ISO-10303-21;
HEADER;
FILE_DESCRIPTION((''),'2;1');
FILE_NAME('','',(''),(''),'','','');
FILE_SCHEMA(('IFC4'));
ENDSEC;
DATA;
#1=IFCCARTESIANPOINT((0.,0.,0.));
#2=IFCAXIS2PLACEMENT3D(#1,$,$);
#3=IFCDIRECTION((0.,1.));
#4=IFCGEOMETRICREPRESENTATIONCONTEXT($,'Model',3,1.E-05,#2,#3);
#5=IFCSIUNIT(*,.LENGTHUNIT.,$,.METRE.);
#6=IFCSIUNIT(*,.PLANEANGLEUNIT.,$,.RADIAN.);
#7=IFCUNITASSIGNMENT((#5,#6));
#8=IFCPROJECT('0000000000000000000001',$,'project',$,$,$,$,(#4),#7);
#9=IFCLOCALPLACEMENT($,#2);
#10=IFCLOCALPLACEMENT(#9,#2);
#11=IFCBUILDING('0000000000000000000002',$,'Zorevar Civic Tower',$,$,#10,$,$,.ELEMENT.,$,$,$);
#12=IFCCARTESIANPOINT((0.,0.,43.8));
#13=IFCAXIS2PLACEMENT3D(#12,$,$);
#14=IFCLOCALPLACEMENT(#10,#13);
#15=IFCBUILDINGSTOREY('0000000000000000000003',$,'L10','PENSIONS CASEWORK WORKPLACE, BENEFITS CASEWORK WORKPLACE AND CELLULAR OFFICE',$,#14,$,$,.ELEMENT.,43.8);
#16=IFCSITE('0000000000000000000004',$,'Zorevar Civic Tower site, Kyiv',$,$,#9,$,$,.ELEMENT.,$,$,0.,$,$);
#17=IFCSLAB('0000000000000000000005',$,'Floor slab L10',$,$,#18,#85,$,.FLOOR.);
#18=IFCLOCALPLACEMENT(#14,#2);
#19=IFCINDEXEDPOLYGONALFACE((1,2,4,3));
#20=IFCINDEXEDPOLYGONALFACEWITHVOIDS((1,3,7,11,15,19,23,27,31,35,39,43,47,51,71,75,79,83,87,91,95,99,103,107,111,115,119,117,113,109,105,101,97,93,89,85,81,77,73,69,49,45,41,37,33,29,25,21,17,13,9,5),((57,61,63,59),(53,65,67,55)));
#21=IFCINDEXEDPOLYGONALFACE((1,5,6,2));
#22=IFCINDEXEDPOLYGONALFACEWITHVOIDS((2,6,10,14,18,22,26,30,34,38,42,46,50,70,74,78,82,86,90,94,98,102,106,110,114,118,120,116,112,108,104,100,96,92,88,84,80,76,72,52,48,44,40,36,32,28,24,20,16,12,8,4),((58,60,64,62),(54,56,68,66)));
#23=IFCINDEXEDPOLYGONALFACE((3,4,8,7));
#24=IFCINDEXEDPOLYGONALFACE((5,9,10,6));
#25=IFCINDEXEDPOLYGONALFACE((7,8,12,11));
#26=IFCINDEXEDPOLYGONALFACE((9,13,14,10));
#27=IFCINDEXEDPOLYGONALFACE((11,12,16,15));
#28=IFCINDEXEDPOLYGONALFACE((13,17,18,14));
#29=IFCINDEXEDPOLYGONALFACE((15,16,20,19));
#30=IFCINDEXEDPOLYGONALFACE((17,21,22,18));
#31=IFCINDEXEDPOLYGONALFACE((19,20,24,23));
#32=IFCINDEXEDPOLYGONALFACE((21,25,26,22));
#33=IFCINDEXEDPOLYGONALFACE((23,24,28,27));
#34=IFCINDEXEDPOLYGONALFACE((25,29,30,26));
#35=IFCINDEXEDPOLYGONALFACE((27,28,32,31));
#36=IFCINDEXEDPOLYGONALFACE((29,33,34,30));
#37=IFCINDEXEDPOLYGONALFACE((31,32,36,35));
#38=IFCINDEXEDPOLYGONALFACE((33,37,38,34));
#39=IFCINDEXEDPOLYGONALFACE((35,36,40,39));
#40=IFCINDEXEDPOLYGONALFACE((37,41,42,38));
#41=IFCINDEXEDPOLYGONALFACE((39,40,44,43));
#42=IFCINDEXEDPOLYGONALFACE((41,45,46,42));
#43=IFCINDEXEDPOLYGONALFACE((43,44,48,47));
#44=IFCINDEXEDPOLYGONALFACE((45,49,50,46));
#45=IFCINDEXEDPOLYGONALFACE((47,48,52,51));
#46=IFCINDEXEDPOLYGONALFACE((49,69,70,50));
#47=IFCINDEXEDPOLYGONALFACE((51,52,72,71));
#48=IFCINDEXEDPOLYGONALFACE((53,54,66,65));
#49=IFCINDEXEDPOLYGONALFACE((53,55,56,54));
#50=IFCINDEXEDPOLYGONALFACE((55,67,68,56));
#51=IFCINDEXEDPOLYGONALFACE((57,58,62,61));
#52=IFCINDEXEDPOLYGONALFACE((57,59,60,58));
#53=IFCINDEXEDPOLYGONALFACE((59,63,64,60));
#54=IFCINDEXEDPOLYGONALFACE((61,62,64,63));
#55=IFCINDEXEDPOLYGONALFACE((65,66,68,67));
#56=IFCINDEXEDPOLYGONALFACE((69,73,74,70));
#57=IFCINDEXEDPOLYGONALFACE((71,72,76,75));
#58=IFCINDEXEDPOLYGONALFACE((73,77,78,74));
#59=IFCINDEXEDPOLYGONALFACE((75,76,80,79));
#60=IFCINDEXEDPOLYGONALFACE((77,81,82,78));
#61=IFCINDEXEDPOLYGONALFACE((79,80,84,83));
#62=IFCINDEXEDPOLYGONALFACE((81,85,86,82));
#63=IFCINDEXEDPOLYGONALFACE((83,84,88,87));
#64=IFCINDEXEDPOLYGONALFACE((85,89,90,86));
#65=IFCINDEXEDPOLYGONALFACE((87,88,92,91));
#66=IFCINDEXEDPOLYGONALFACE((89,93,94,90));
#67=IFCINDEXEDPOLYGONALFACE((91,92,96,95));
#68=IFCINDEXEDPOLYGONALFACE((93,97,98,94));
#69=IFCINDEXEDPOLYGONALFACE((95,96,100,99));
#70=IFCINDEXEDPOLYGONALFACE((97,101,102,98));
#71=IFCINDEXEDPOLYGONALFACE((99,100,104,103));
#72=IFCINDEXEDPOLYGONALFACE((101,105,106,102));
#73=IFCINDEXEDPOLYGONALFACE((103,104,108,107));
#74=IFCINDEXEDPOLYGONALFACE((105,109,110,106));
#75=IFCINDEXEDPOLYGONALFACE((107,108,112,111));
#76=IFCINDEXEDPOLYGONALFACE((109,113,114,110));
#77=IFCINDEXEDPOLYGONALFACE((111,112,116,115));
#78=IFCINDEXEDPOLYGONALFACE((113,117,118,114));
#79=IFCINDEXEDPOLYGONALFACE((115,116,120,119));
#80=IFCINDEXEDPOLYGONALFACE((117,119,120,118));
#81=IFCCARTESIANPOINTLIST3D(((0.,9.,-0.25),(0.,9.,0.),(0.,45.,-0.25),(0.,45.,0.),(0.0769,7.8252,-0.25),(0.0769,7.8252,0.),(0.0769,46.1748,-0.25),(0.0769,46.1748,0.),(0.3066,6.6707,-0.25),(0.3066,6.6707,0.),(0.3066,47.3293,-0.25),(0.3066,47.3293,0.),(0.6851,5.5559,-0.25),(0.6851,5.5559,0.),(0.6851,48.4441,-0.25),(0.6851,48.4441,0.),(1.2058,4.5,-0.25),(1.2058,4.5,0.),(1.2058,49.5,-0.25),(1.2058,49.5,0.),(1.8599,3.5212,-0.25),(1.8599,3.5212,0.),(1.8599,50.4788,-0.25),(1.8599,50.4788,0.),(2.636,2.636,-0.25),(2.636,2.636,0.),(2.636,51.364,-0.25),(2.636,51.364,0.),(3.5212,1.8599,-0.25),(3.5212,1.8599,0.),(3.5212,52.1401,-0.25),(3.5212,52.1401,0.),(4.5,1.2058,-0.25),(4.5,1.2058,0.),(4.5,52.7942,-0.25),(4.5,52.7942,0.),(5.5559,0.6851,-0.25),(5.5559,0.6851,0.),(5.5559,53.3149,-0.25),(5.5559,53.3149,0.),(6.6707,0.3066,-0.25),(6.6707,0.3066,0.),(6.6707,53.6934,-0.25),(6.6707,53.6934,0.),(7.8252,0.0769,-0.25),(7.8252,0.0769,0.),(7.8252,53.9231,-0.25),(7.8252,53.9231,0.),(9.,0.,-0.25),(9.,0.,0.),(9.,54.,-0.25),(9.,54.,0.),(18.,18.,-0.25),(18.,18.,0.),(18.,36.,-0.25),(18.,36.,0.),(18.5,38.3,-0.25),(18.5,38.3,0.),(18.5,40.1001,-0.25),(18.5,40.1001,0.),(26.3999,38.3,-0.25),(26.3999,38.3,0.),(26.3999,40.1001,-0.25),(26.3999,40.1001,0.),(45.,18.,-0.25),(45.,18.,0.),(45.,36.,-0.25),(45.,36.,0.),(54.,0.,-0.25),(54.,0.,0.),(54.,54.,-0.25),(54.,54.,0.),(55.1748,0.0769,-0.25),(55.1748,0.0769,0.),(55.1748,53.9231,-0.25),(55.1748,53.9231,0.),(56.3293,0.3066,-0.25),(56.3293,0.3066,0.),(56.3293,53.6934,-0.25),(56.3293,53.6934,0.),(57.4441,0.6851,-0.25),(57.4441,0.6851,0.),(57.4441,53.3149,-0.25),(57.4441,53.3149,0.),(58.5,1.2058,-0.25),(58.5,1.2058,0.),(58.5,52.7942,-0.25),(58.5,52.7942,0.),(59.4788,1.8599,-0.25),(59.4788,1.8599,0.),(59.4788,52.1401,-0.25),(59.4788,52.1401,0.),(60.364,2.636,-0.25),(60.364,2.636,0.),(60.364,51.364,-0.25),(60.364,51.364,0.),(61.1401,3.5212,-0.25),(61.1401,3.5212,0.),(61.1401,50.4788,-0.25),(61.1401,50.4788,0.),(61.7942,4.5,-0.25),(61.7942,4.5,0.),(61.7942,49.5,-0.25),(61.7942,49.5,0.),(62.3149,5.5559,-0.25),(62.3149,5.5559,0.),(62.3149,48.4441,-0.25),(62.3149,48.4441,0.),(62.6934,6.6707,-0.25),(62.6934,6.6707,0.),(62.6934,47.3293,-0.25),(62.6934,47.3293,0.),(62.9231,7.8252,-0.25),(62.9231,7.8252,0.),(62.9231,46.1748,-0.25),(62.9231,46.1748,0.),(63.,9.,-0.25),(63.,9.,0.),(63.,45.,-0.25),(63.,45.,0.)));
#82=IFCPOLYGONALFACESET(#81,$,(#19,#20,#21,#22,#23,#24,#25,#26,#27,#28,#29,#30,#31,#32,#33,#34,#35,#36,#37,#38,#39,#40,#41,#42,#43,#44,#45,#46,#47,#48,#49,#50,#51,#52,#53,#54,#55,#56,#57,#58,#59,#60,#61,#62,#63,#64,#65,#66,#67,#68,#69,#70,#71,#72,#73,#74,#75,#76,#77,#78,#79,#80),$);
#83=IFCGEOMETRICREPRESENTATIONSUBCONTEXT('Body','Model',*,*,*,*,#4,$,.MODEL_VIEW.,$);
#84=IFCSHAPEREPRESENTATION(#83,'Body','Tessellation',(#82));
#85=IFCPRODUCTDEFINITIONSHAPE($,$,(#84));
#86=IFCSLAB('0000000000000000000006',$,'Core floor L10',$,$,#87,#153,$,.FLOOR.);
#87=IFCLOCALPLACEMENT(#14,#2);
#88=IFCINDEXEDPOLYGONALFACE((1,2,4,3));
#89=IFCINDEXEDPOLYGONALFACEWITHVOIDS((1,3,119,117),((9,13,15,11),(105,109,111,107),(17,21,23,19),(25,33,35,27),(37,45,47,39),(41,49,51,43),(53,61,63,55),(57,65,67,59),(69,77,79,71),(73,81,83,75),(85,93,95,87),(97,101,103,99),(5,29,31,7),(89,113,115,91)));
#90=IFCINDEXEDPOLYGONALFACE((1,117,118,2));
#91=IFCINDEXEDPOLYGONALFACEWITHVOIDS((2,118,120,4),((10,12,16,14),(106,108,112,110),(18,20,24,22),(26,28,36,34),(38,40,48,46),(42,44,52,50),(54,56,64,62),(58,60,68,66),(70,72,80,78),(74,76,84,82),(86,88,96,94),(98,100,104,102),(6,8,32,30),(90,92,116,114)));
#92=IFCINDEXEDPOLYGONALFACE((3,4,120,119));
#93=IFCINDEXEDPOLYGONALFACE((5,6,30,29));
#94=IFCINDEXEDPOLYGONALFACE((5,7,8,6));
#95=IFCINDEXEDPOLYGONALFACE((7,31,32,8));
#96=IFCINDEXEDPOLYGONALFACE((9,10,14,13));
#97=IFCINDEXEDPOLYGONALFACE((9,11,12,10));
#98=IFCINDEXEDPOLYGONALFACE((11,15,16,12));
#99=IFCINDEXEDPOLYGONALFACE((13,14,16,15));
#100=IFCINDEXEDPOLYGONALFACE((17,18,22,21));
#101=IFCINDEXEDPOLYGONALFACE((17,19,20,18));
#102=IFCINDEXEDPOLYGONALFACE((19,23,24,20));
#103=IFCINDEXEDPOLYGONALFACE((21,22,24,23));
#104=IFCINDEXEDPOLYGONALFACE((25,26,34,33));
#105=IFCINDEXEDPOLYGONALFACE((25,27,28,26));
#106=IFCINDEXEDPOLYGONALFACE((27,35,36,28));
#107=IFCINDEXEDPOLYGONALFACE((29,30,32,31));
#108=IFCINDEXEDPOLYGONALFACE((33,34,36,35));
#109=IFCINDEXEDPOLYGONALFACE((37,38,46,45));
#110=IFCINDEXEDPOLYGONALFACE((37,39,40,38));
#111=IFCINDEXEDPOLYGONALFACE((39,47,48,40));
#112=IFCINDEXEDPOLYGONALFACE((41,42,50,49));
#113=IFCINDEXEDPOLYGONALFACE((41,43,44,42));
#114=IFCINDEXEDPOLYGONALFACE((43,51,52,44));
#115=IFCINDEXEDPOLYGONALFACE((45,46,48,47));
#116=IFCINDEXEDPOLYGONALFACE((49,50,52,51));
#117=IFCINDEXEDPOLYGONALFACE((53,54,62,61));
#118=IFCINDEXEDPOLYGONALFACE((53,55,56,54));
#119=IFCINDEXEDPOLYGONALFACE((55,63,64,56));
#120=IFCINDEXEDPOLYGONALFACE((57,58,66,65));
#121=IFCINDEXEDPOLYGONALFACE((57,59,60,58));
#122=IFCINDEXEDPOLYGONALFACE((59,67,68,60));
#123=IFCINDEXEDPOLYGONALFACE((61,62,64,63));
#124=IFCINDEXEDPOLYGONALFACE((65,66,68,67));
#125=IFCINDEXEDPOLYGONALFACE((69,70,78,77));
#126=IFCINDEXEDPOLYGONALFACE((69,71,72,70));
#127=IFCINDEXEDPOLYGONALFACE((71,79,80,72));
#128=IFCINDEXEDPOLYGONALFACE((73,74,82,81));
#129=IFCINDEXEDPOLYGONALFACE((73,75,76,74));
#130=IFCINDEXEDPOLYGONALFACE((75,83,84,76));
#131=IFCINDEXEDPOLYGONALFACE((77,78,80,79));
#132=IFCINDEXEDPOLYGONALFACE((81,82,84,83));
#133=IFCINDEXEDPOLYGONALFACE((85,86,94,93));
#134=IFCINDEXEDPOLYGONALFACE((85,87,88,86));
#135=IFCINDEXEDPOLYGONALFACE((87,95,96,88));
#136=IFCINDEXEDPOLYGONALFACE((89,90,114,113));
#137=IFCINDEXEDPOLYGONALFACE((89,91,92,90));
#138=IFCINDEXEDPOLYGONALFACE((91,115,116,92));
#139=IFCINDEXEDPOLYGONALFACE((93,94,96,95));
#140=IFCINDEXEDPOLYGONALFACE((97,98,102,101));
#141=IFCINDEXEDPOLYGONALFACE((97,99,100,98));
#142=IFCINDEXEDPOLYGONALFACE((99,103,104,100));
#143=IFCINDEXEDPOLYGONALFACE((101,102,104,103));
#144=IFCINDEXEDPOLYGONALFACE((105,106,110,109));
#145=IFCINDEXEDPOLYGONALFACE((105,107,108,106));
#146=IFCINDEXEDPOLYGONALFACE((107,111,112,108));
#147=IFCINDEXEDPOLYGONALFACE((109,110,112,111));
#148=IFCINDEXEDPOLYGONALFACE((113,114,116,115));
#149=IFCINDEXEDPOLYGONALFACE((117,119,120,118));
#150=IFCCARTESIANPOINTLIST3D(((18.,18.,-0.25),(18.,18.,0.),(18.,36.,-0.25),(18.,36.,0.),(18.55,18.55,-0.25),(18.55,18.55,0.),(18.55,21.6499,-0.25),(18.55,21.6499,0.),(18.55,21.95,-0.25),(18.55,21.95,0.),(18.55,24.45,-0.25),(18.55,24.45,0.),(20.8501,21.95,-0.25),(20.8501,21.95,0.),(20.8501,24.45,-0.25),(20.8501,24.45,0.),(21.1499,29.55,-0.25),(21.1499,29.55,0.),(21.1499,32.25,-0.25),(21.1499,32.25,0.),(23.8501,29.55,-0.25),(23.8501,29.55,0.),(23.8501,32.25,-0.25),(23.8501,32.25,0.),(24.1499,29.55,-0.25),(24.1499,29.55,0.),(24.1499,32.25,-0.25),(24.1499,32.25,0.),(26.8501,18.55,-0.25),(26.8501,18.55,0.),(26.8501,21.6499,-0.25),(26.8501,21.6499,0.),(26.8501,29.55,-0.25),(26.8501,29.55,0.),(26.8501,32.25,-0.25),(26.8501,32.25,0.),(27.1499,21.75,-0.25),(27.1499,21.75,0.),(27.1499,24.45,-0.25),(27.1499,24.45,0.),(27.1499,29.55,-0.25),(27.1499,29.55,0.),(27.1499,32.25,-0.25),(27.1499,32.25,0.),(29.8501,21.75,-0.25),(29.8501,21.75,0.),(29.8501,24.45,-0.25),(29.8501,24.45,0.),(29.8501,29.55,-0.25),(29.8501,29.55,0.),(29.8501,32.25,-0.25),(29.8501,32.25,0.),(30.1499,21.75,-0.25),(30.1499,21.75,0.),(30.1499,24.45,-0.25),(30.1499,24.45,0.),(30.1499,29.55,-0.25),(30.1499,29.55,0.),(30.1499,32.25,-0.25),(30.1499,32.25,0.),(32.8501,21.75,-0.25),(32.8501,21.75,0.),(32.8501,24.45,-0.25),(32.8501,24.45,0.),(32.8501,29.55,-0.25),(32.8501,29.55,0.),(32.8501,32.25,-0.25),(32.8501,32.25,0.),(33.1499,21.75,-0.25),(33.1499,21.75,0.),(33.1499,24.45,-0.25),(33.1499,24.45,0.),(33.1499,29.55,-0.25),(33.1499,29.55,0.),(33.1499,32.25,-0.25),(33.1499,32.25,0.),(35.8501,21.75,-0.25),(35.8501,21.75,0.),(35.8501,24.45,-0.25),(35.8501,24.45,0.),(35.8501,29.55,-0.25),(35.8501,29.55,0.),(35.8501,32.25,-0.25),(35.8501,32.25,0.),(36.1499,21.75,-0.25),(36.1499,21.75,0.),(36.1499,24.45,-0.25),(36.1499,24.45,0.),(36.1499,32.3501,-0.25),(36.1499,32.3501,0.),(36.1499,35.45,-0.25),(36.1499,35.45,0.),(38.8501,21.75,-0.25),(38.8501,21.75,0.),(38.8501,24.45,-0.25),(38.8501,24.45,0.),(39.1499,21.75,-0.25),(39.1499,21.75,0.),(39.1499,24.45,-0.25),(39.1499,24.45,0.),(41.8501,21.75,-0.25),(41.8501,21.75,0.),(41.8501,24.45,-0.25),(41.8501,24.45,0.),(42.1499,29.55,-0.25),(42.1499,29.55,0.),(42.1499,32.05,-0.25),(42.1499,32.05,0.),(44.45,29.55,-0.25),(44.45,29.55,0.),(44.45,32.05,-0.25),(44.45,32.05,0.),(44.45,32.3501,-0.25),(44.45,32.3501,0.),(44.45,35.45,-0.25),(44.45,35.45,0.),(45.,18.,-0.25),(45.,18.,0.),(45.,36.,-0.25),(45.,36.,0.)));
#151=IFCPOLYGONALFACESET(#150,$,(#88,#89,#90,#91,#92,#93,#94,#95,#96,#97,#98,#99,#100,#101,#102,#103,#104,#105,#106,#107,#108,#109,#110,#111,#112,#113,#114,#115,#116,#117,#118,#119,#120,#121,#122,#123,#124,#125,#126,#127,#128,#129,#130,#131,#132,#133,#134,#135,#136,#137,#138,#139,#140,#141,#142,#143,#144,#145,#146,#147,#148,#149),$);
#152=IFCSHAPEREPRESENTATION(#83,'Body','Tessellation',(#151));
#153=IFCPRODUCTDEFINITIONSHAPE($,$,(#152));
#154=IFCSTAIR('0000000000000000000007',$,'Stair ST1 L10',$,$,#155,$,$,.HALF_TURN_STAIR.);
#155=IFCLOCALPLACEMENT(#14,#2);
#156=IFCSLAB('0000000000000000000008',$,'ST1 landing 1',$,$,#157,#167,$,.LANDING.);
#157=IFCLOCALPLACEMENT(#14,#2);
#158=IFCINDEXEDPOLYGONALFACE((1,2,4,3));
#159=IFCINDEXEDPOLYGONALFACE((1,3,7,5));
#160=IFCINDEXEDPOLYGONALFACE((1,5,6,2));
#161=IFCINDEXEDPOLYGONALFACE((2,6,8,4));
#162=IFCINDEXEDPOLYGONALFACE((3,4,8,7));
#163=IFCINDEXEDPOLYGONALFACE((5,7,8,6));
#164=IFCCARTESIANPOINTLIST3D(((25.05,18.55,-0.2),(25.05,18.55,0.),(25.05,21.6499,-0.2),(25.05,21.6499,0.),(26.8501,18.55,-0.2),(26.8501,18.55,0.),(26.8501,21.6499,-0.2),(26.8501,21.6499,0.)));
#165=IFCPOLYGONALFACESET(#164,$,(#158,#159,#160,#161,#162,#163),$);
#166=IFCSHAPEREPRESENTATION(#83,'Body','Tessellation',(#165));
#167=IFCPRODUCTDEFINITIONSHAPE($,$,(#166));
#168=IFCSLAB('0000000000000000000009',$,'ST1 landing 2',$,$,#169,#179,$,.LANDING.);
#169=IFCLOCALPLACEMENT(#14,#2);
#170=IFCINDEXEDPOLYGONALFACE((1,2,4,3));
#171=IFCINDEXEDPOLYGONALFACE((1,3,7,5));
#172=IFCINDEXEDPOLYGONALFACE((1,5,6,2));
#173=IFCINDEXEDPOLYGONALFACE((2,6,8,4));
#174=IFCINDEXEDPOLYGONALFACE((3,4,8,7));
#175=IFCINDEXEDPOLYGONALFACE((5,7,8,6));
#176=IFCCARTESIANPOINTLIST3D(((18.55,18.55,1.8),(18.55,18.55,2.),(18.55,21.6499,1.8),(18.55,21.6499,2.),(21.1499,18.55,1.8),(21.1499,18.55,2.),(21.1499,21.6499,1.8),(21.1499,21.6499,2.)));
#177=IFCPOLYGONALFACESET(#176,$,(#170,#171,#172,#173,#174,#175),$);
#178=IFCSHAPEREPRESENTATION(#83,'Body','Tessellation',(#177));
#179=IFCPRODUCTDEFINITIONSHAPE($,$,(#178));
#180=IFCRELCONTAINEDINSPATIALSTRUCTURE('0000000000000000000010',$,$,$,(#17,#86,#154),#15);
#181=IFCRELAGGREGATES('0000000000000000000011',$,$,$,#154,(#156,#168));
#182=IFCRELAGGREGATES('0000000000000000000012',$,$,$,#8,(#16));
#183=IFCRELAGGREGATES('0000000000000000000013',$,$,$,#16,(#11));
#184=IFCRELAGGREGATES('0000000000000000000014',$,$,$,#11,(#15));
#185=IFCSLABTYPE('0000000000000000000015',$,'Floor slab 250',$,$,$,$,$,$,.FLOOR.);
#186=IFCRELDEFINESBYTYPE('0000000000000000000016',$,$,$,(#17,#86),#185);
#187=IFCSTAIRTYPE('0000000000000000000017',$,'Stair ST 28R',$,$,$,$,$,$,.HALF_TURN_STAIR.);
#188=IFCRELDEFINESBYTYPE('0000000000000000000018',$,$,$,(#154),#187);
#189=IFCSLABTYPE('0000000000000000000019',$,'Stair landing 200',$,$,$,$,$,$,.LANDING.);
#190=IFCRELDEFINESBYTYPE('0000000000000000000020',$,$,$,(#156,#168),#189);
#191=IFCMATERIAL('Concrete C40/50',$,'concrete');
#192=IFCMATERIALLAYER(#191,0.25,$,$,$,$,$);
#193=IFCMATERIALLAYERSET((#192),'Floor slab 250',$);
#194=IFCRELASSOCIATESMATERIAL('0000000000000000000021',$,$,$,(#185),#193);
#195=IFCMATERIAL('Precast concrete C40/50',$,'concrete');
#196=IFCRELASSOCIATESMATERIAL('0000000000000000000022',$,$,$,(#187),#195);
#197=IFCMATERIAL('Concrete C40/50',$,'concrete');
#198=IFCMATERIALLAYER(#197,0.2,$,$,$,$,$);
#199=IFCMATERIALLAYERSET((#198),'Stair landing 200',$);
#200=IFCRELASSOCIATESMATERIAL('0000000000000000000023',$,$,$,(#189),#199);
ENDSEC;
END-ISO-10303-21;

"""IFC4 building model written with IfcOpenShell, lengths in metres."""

from ifc_helpers import new_model, si_unit, direction, frame, origin, place, context, subcontext, project, spatial, polyline, outline, extrude, material, layer, layer_set, type_object, element, aggregate, save


model = new_model("IFC4")

# Units and contexts
model_context = context("Model", 3, precision=1e-05, world=origin(), true_north=direction((0.0, 1.0)))
body_context = subcontext(model_context, "Body", "Model", "MODEL_VIEW")
ifc_project = project(units=[si_unit("LENGTHUNIT", "METRE"), si_unit("PLANEANGLEUNIT", "RADIAN")], contexts=[model_context])

# Site, building, storey
site_placement = place(None, origin())
site = spatial("IfcSite", under=ifc_project, at=site_placement, Name="Zorevar Civic Tower site, Kyiv", CompositionType="ELEMENT", RefElevation=0.0)
building_placement = place(site_placement, origin())
building = spatial("IfcBuilding", under=site, at=building_placement, Name="Zorevar Civic Tower", CompositionType="ELEMENT")
storey_placement = place(building_placement, frame((0.0, 0.0, 43.8)))
storey = spatial("IfcBuildingStorey", under=building, at=storey_placement, Name="L10", Description="PENSIONS CASEWORK WORKPLACE, BENEFITS CASEWORK WORKPLACE AND CELLULAR OFFICE", CompositionType="ELEMENT", Elevation=43.8)

# Slabs
ifc_material_1 = material(Name="Concrete C40/50", Category="concrete")
ifc_layer_1 = layer(ifc_material_1, 0.25)
ifc_layer_set_1 = layer_set([ifc_layer_1], Name="Floor slab 250")
slab_type_1 = type_object("IfcSlabType", Name="Floor slab 250", PredefinedType="FLOOR", material=ifc_layer_set_1)
slab_1_placement = place(storey_placement, frame((0.0, 0.0, -0.25)))
element("IfcSlab", 1, at=slab_1_placement, inside=storey, type_object=slab_type_1, Name="Floor slab L10", PredefinedType="FLOOR", context=body_context, shape_type="SweptSolid", body=[
    extrude(outline(polyline([(54.0, 0.0), (55.1748, 0.0769), (56.3293, 0.3066), (57.4441, 0.6851), (58.5, 1.2058), (59.4788, 1.8599), (60.364, 2.636), (61.1401, 3.5212), (61.7942, 4.5), (62.3149, 5.5559), (62.6934, 6.6707), (62.9231, 7.8252), (63.0, 9.0), (63.0, 45.0), (62.9231, 46.1748), (62.6934, 47.3293), (62.3149, 48.4441), (61.7942, 49.5), (61.1401, 50.4788), (60.364, 51.364), (59.4788, 52.1401), (58.5, 52.7942), (57.4441, 53.3149), (56.3293, 53.6934), (55.1748, 53.9231), (54.0, 54.0), (9.0, 54.0), (7.8252, 53.9231), (6.6707, 53.6934), (5.5559, 53.3149), (4.5, 52.7942), (3.5212, 52.1401), (2.636, 51.364), (1.8599, 50.4788), (1.2058, 49.5), (0.6851, 48.4441), (0.3066, 47.3293), (0.0769, 46.1748), (0.0, 45.0), (0.0, 9.0), (0.0769, 7.8252), (0.3066, 6.6707), (0.6851, 5.5559), (1.2058, 4.5), (1.8599, 3.5212), (2.636, 2.636), (3.5212, 1.8599), (4.5, 1.2058), (5.5559, 0.6851), (6.6707, 0.3066), (7.8252, 0.0769), (9.0, 0.0), (54.0, 0.0)]), holes=[polyline([(18.0, 18.0), (45.0, 18.0), (45.0, 36.0), (18.0, 36.0), (18.0, 18.0)]), polyline([(18.5, 38.3), (26.3999, 38.3), (26.3999, 40.1001), (18.5, 40.1001), (18.5, 38.3)])]), origin(), (0.0, 0.0, 1.0), 0.25),
])
slab_2_placement = place(storey_placement, frame((0.0, 0.0, -0.25)))
element("IfcSlab", 2, at=slab_2_placement, inside=storey, type_object=slab_type_1, Name="Core floor L10", PredefinedType="FLOOR", context=body_context, shape_type="SweptSolid", body=[
    extrude(outline(polyline([(18.0, 18.0), (45.0, 18.0), (45.0, 36.0), (18.0, 36.0), (18.0, 18.0)]), holes=[polyline([(18.55, 18.55), (26.8501, 18.55), (26.8501, 21.6499), (18.55, 21.6499), (18.55, 18.55)]), polyline([(36.1499, 32.3501), (44.45, 32.3501), (44.45, 35.45), (36.1499, 35.45), (36.1499, 32.3501)]), polyline([(18.55, 21.95), (20.8501, 21.95), (20.8501, 24.45), (18.55, 24.45), (18.55, 21.95)]), polyline([(42.1499, 29.55), (44.45, 29.55), (44.45, 32.05), (42.1499, 32.05), (42.1499, 29.55)]), polyline([(27.1499, 21.75), (29.8501, 21.75), (29.8501, 24.45), (27.1499, 24.45), (27.1499, 21.75)]), polyline([(33.1499, 29.55), (35.8501, 29.55), (35.8501, 32.25), (33.1499, 32.25), (33.1499, 29.55)]), polyline([(30.1499, 21.75), (32.8501, 21.75), (32.8501, 24.45), (30.1499, 24.45), (30.1499, 21.75)]), polyline([(30.1499, 29.55), (32.8501, 29.55), (32.8501, 32.25), (30.1499, 32.25), (30.1499, 29.55)]), polyline([(33.1499, 21.75), (35.8501, 21.75), (35.8501, 24.45), (33.1499, 24.45), (33.1499, 21.75)]), polyline([(27.1499, 29.55), (29.8501, 29.55), (29.8501, 32.25), (27.1499, 32.25), (27.1499, 29.55)]), polyline([(36.1499, 21.75), (38.8501, 21.75), (38.8501, 24.45), (36.1499, 24.45), (36.1499, 21.75)]), polyline([(24.1499, 29.55), (26.8501, 29.55), (26.8501, 32.25), (24.1499, 32.25), (24.1499, 29.55)]), polyline([(39.1499, 21.75), (41.8501, 21.75), (41.8501, 24.45), (39.1499, 24.45), (39.1499, 21.75)]), polyline([(21.1499, 29.55), (23.8501, 29.55), (23.8501, 32.25), (21.1499, 32.25), (21.1499, 29.55)])]), origin(), (0.0, 0.0, 1.0), 0.25),
])

# Stair, slabs
ifc_material_2 = material(Name="Precast concrete C40/50", Category="concrete")
stair_type = type_object("IfcStairType", Name="Stair ST 28R", PredefinedType="HALF_TURN_STAIR", material=ifc_material_2)
stair_1_placement = place(storey_placement, origin())
stair_1 = element("IfcStair", 3, at=stair_1_placement, inside=storey, type_object=stair_type, Name="Stair ST1 L10", PredefinedType="HALF_TURN_STAIR")
ifc_material_3 = material(Name="Concrete C40/50", Category="concrete")
ifc_layer_2 = layer(ifc_material_3, 0.2)
ifc_layer_set_2 = layer_set([ifc_layer_2], Name="Stair landing 200")
slab_type_2 = type_object("IfcSlabType", Name="Stair landing 200", PredefinedType="LANDING", material=ifc_layer_set_2)
slab_3_placement = place(storey_placement, frame((0.0, 0.0, -0.2)))
slab_3 = element("IfcSlab", 4, at=slab_3_placement, type_object=slab_type_2, Name="ST1 landing 1", PredefinedType="LANDING", context=body_context, shape_type="SweptSolid", body=[
    extrude(outline(polyline([(25.05, 18.55), (26.8501, 18.55), (26.8501, 21.6499), (25.05, 21.6499), (25.05, 18.55)])), origin(), (0.0, 0.0, 1.0), 0.2),
])
slab_4_placement = place(storey_placement, frame((0.0, 0.0, 1.8)))
slab_4 = element("IfcSlab", 5, at=slab_4_placement, type_object=slab_type_2, Name="ST1 landing 2", PredefinedType="LANDING", context=body_context, shape_type="SweptSolid", body=[
    extrude(outline(polyline([(18.55, 18.55), (21.1499, 18.55), (21.1499, 21.6499), (18.55, 21.6499), (18.55, 18.55)])), origin(), (0.0, 0.0, 1.0), 0.2),
])
aggregate(stair_1, [slab_3, slab_4])

save(model, "model.ifc")
